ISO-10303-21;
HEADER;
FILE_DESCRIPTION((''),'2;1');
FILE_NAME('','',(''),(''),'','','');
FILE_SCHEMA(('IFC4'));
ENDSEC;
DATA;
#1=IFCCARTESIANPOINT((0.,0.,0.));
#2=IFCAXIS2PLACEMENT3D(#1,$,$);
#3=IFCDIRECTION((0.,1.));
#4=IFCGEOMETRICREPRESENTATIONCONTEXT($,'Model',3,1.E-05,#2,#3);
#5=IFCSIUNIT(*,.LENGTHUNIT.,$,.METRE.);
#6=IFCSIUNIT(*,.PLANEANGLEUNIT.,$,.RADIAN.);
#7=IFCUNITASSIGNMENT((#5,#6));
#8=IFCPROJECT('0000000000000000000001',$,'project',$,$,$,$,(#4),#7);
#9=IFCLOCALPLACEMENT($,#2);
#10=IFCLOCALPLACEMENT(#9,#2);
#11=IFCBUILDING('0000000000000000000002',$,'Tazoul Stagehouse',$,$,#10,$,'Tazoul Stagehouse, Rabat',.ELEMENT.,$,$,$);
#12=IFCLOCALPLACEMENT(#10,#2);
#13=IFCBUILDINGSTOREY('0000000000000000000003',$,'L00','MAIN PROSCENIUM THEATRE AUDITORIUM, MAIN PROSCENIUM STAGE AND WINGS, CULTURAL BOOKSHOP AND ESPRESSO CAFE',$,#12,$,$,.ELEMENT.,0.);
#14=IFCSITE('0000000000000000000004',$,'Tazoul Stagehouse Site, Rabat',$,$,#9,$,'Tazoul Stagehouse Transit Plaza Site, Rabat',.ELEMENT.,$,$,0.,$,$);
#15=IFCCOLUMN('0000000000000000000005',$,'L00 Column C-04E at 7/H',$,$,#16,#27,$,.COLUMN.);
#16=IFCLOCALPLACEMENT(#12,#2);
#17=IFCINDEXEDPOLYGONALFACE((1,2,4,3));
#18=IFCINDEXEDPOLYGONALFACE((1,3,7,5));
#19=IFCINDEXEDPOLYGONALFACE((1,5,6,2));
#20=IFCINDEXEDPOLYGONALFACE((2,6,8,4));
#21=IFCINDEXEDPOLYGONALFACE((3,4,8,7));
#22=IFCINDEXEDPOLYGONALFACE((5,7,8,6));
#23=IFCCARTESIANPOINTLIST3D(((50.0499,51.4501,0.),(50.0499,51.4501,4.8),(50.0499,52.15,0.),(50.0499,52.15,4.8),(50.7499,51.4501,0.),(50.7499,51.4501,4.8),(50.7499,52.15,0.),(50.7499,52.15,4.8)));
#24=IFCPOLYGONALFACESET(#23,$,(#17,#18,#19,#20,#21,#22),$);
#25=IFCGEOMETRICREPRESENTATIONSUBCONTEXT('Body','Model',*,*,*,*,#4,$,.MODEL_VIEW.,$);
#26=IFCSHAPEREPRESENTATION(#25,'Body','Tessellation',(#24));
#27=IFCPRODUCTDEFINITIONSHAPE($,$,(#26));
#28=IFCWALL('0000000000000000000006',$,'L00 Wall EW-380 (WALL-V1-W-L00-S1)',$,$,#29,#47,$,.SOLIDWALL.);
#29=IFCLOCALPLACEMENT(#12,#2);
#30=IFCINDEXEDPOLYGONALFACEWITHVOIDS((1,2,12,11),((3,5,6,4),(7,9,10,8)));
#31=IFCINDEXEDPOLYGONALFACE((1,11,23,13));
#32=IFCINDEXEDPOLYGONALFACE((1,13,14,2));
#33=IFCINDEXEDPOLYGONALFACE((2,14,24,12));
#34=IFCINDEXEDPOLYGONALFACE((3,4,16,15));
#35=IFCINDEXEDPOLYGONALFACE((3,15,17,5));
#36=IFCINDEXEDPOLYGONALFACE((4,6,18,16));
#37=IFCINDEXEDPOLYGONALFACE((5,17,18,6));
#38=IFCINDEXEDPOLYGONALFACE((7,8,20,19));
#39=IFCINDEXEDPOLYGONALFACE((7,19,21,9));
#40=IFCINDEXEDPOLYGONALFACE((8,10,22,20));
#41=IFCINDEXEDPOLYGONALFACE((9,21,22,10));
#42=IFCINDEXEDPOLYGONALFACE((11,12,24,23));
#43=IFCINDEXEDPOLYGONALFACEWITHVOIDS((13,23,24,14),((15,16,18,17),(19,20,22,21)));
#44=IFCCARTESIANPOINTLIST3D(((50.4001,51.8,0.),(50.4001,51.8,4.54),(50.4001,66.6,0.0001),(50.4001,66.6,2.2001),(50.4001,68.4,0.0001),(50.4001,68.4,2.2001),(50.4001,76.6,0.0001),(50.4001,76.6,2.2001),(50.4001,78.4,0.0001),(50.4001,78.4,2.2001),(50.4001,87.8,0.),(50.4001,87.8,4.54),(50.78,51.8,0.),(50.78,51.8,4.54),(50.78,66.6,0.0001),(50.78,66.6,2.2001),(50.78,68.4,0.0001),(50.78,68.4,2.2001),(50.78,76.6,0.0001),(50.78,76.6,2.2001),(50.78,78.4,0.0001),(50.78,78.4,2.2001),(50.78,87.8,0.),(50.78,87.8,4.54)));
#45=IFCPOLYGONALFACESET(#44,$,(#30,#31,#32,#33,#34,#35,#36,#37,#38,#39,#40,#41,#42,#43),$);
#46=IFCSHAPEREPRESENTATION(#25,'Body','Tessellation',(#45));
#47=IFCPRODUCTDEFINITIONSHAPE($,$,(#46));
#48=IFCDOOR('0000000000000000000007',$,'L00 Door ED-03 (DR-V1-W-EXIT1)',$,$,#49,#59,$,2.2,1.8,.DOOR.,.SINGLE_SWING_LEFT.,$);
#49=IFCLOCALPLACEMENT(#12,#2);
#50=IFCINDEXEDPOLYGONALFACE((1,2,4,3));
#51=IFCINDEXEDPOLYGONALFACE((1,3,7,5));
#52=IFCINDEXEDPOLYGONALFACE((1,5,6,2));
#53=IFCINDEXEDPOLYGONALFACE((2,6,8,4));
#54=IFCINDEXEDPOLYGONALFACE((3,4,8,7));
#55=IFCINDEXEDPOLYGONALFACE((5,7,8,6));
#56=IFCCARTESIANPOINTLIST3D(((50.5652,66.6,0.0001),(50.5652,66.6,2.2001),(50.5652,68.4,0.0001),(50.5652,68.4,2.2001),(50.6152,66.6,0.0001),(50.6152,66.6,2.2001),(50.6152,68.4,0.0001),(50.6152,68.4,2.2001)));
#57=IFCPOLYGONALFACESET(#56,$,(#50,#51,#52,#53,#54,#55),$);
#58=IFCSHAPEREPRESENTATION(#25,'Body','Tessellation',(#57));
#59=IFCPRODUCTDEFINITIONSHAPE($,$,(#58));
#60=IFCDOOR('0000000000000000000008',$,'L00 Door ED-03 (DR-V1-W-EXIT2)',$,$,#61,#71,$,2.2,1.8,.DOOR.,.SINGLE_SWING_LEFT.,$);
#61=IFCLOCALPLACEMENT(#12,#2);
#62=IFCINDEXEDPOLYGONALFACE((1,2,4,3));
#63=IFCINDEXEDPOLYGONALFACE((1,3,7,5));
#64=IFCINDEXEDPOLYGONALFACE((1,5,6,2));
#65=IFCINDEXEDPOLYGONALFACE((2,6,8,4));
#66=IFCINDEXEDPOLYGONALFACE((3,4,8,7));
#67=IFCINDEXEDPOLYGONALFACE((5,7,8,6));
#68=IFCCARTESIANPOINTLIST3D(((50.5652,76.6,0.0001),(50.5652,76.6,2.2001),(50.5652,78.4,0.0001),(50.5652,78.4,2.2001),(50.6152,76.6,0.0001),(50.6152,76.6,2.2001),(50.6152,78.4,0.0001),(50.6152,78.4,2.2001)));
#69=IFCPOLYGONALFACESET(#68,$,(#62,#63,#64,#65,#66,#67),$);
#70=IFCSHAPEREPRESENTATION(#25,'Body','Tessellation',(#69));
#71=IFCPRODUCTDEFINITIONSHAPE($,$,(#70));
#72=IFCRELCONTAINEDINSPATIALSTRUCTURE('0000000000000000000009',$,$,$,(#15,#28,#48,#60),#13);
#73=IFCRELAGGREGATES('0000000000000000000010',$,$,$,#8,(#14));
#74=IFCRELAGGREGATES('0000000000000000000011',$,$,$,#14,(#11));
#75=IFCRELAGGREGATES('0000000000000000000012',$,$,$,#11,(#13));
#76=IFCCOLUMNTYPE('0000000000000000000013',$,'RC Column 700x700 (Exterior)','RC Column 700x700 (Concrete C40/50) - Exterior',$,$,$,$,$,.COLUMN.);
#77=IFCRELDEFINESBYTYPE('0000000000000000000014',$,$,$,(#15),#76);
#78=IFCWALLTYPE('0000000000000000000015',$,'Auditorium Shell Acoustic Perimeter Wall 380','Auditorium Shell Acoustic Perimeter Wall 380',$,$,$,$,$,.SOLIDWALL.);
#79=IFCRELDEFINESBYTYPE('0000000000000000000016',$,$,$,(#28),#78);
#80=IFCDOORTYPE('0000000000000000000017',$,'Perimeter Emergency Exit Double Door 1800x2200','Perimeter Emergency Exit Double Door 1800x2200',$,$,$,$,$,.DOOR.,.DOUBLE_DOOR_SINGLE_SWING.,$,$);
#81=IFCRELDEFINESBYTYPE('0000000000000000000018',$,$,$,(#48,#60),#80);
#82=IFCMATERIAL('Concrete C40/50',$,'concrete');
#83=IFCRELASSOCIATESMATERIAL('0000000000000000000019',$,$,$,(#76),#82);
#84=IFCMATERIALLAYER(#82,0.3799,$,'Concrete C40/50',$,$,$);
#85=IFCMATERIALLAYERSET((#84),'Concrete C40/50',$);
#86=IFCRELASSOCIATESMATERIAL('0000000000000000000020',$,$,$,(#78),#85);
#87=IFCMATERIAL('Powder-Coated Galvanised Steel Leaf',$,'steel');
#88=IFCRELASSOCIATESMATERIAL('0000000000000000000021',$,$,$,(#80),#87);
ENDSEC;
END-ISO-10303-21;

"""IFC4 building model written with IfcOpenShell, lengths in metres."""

from ifc_helpers import new_model, si_unit, direction, frame, frame_2d, origin, origin_2d, place, context, subcontext, project, spatial, rectangle, extrude, material, layer, layer_set, material_profile, profile_set, type_object, element, fill, save


model = new_model("IFC4")

# Units and contexts
model_context = context("Model", 3, precision=1e-05, world=origin(), true_north=direction((0.0, 1.0)))
body_context = subcontext(model_context, "Body", "Model", "MODEL_VIEW")
ifc_project = project(units=[si_unit("LENGTHUNIT", "METRE"), si_unit("PLANEANGLEUNIT", "RADIAN")], contexts=[model_context])

# Site, building, storey
site_placement = place(None, origin())
site = spatial("IfcSite", under=ifc_project, at=site_placement, Name="Tazoul Stagehouse Site, Rabat", LongName="Tazoul Stagehouse Transit Plaza Site, Rabat", CompositionType="ELEMENT", RefElevation=0.0)
building_placement = place(site_placement, origin())
building = spatial("IfcBuilding", under=site, at=building_placement, Name="Tazoul Stagehouse", LongName="Tazoul Stagehouse, Rabat", CompositionType="ELEMENT")
storey_placement = place(building_placement, origin())
storey = spatial("IfcBuildingStorey", under=building, at=storey_placement, Name="L00", Description="MAIN PROSCENIUM THEATRE AUDITORIUM, MAIN PROSCENIUM STAGE AND WINGS, CULTURAL BOOKSHOP AND ESPRESSO CAFE", CompositionType="ELEMENT", Elevation=0.0)

# Column
ifc_material_1 = material(Name="Concrete C40/50", Category="concrete")
ifc_material_profile_1 = material_profile(ifc_material_1, rectangle(XDim=0.7, YDim=0.7, at=origin_2d()), Name="RC 700x700")
ifc_profile_set_1 = profile_set([ifc_material_profile_1], Name="Concrete C40/50")
column_type = type_object("IfcColumnType", Name="RC Column 700x700 (Exterior)", Description="RC Column 700x700 (Concrete C40/50) - Exterior", PredefinedType="COLUMN", material=ifc_profile_set_1)
column_placement = place(storey_placement, frame((50.3999, 51.8, 0.0), z_axis=(0.0, 0.0, 1.0), x_axis=(1.0, 0.0, 0.0)))
element("IfcColumn", 1, at=column_placement, inside=storey, type_object=column_type, Name="L00 Column C-04E at 7/H", PredefinedType="COLUMN", context=body_context, shape_type="SweptSolid", body=[
    extrude(rectangle(XDim=0.7, YDim=0.7, at=origin_2d()), origin(), (0.0, 0.0, 1.0), 4.8),
])

# Wall, openings, doors
ifc_layer_1 = layer(ifc_material_1, 0.3799, Name="Concrete C40/50")
ifc_layer_set_1 = layer_set([ifc_layer_1], Name="Concrete C40/50")
wall_type = type_object("IfcWallType", Name="Auditorium Shell Acoustic Perimeter Wall 380", Description="Auditorium Shell Acoustic Perimeter Wall 380", PredefinedType="SOLIDWALL", material=ifc_layer_set_1)
wall_placement = place(storey_placement, frame((50.5901, 51.8, 0.0), z_axis=(0.0, 0.0, 1.0), x_axis=(0.0, 1.0, 0.0)))
wall = element("IfcWall", 2, at=wall_placement, inside=storey, type_object=wall_type, Name="L00 Wall EW-380 (WALL-V1-W-L00-S1)", PredefinedType="SOLIDWALL", context=body_context, shape_type="SweptSolid", body=[
    extrude(rectangle(XDim=36.0, YDim=0.3799, at=frame_2d((18.0, 0.0))), origin(), (0.0, 0.0, 1.0), 4.54),
])
opening_1_placement = place(wall_placement, frame((14.8, 0.0, 0.0)))
opening_1 = element("IfcOpeningElement", 3, at=opening_1_placement, cuts=wall, PredefinedType="OPENING", context=body_context, shape_type="SweptSolid", body=[
    extrude(rectangle(XDim=1.8, YDim=2.2, at=frame_2d((0.8999, 1.1001))), frame((0.0, 0.21, 0.0), z_axis=(0.0, -1.0, 0.0), x_axis=(1.0, 0.0, 0.0)), (0.0, 0.0, 1.0), 0.4199),
])
opening_2_placement = place(wall_placement, frame((24.8, 0.0, 0.0)))
opening_2 = element("IfcOpeningElement", 4, at=opening_2_placement, cuts=wall, PredefinedType="OPENING", context=body_context, shape_type="SweptSolid", body=[
    extrude(rectangle(XDim=1.8, YDim=2.2, at=frame_2d((0.8999, 1.1001))), frame((0.0, 0.21, 0.0), z_axis=(0.0, -1.0, 0.0), x_axis=(1.0, 0.0, 0.0)), (0.0, 0.0, 1.0), 0.4199),
])
ifc_material_2 = material(Name="Powder-Coated Galvanised Steel Leaf", Category="steel")
door_type = type_object("IfcDoorType", Name="Perimeter Emergency Exit Double Door 1800x2200", Description="Perimeter Emergency Exit Double Door 1800x2200", OperationType="DOUBLE_DOOR_SINGLE_SWING", PredefinedType="DOOR", material=ifc_material_2)
door_1_placement = place(opening_1_placement, origin())
door_1 = element("IfcDoor", 5, at=door_1_placement, inside=storey, type_object=door_type, Name="L00 Door ED-03 (DR-V1-W-EXIT1)", OperationType="SINGLE_SWING_LEFT", OverallHeight=2.2, OverallWidth=1.8, PredefinedType="DOOR", context=body_context, shape_type="SweptSolid", body=[
    extrude(rectangle(XDim=1.8, YDim=2.2, at=frame_2d((0.8999, 1.1001))), frame((0.0, 0.0249, 0.0), z_axis=(0.0, -1.0, 0.0), x_axis=(1.0, 0.0, 0.0)), (0.0, 0.0, 1.0), 0.05),
])
fill(opening_1, door_1)
door_2_placement = place(opening_2_placement, origin())
door_2 = element("IfcDoor", 6, at=door_2_placement, inside=storey, type_object=door_type, Name="L00 Door ED-03 (DR-V1-W-EXIT2)", OperationType="SINGLE_SWING_LEFT", OverallHeight=2.2, OverallWidth=1.8, PredefinedType="DOOR", context=body_context, shape_type="SweptSolid", body=[
    extrude(rectangle(XDim=1.8, YDim=2.2, at=frame_2d((0.8999, 1.1001))), frame((0.0, 0.0249, 0.0), z_axis=(0.0, -1.0, 0.0), x_axis=(1.0, 0.0, 0.0)), (0.0, 0.0, 1.0), 0.05),
])
fill(opening_2, door_2)

save(model, "model.ifc")
